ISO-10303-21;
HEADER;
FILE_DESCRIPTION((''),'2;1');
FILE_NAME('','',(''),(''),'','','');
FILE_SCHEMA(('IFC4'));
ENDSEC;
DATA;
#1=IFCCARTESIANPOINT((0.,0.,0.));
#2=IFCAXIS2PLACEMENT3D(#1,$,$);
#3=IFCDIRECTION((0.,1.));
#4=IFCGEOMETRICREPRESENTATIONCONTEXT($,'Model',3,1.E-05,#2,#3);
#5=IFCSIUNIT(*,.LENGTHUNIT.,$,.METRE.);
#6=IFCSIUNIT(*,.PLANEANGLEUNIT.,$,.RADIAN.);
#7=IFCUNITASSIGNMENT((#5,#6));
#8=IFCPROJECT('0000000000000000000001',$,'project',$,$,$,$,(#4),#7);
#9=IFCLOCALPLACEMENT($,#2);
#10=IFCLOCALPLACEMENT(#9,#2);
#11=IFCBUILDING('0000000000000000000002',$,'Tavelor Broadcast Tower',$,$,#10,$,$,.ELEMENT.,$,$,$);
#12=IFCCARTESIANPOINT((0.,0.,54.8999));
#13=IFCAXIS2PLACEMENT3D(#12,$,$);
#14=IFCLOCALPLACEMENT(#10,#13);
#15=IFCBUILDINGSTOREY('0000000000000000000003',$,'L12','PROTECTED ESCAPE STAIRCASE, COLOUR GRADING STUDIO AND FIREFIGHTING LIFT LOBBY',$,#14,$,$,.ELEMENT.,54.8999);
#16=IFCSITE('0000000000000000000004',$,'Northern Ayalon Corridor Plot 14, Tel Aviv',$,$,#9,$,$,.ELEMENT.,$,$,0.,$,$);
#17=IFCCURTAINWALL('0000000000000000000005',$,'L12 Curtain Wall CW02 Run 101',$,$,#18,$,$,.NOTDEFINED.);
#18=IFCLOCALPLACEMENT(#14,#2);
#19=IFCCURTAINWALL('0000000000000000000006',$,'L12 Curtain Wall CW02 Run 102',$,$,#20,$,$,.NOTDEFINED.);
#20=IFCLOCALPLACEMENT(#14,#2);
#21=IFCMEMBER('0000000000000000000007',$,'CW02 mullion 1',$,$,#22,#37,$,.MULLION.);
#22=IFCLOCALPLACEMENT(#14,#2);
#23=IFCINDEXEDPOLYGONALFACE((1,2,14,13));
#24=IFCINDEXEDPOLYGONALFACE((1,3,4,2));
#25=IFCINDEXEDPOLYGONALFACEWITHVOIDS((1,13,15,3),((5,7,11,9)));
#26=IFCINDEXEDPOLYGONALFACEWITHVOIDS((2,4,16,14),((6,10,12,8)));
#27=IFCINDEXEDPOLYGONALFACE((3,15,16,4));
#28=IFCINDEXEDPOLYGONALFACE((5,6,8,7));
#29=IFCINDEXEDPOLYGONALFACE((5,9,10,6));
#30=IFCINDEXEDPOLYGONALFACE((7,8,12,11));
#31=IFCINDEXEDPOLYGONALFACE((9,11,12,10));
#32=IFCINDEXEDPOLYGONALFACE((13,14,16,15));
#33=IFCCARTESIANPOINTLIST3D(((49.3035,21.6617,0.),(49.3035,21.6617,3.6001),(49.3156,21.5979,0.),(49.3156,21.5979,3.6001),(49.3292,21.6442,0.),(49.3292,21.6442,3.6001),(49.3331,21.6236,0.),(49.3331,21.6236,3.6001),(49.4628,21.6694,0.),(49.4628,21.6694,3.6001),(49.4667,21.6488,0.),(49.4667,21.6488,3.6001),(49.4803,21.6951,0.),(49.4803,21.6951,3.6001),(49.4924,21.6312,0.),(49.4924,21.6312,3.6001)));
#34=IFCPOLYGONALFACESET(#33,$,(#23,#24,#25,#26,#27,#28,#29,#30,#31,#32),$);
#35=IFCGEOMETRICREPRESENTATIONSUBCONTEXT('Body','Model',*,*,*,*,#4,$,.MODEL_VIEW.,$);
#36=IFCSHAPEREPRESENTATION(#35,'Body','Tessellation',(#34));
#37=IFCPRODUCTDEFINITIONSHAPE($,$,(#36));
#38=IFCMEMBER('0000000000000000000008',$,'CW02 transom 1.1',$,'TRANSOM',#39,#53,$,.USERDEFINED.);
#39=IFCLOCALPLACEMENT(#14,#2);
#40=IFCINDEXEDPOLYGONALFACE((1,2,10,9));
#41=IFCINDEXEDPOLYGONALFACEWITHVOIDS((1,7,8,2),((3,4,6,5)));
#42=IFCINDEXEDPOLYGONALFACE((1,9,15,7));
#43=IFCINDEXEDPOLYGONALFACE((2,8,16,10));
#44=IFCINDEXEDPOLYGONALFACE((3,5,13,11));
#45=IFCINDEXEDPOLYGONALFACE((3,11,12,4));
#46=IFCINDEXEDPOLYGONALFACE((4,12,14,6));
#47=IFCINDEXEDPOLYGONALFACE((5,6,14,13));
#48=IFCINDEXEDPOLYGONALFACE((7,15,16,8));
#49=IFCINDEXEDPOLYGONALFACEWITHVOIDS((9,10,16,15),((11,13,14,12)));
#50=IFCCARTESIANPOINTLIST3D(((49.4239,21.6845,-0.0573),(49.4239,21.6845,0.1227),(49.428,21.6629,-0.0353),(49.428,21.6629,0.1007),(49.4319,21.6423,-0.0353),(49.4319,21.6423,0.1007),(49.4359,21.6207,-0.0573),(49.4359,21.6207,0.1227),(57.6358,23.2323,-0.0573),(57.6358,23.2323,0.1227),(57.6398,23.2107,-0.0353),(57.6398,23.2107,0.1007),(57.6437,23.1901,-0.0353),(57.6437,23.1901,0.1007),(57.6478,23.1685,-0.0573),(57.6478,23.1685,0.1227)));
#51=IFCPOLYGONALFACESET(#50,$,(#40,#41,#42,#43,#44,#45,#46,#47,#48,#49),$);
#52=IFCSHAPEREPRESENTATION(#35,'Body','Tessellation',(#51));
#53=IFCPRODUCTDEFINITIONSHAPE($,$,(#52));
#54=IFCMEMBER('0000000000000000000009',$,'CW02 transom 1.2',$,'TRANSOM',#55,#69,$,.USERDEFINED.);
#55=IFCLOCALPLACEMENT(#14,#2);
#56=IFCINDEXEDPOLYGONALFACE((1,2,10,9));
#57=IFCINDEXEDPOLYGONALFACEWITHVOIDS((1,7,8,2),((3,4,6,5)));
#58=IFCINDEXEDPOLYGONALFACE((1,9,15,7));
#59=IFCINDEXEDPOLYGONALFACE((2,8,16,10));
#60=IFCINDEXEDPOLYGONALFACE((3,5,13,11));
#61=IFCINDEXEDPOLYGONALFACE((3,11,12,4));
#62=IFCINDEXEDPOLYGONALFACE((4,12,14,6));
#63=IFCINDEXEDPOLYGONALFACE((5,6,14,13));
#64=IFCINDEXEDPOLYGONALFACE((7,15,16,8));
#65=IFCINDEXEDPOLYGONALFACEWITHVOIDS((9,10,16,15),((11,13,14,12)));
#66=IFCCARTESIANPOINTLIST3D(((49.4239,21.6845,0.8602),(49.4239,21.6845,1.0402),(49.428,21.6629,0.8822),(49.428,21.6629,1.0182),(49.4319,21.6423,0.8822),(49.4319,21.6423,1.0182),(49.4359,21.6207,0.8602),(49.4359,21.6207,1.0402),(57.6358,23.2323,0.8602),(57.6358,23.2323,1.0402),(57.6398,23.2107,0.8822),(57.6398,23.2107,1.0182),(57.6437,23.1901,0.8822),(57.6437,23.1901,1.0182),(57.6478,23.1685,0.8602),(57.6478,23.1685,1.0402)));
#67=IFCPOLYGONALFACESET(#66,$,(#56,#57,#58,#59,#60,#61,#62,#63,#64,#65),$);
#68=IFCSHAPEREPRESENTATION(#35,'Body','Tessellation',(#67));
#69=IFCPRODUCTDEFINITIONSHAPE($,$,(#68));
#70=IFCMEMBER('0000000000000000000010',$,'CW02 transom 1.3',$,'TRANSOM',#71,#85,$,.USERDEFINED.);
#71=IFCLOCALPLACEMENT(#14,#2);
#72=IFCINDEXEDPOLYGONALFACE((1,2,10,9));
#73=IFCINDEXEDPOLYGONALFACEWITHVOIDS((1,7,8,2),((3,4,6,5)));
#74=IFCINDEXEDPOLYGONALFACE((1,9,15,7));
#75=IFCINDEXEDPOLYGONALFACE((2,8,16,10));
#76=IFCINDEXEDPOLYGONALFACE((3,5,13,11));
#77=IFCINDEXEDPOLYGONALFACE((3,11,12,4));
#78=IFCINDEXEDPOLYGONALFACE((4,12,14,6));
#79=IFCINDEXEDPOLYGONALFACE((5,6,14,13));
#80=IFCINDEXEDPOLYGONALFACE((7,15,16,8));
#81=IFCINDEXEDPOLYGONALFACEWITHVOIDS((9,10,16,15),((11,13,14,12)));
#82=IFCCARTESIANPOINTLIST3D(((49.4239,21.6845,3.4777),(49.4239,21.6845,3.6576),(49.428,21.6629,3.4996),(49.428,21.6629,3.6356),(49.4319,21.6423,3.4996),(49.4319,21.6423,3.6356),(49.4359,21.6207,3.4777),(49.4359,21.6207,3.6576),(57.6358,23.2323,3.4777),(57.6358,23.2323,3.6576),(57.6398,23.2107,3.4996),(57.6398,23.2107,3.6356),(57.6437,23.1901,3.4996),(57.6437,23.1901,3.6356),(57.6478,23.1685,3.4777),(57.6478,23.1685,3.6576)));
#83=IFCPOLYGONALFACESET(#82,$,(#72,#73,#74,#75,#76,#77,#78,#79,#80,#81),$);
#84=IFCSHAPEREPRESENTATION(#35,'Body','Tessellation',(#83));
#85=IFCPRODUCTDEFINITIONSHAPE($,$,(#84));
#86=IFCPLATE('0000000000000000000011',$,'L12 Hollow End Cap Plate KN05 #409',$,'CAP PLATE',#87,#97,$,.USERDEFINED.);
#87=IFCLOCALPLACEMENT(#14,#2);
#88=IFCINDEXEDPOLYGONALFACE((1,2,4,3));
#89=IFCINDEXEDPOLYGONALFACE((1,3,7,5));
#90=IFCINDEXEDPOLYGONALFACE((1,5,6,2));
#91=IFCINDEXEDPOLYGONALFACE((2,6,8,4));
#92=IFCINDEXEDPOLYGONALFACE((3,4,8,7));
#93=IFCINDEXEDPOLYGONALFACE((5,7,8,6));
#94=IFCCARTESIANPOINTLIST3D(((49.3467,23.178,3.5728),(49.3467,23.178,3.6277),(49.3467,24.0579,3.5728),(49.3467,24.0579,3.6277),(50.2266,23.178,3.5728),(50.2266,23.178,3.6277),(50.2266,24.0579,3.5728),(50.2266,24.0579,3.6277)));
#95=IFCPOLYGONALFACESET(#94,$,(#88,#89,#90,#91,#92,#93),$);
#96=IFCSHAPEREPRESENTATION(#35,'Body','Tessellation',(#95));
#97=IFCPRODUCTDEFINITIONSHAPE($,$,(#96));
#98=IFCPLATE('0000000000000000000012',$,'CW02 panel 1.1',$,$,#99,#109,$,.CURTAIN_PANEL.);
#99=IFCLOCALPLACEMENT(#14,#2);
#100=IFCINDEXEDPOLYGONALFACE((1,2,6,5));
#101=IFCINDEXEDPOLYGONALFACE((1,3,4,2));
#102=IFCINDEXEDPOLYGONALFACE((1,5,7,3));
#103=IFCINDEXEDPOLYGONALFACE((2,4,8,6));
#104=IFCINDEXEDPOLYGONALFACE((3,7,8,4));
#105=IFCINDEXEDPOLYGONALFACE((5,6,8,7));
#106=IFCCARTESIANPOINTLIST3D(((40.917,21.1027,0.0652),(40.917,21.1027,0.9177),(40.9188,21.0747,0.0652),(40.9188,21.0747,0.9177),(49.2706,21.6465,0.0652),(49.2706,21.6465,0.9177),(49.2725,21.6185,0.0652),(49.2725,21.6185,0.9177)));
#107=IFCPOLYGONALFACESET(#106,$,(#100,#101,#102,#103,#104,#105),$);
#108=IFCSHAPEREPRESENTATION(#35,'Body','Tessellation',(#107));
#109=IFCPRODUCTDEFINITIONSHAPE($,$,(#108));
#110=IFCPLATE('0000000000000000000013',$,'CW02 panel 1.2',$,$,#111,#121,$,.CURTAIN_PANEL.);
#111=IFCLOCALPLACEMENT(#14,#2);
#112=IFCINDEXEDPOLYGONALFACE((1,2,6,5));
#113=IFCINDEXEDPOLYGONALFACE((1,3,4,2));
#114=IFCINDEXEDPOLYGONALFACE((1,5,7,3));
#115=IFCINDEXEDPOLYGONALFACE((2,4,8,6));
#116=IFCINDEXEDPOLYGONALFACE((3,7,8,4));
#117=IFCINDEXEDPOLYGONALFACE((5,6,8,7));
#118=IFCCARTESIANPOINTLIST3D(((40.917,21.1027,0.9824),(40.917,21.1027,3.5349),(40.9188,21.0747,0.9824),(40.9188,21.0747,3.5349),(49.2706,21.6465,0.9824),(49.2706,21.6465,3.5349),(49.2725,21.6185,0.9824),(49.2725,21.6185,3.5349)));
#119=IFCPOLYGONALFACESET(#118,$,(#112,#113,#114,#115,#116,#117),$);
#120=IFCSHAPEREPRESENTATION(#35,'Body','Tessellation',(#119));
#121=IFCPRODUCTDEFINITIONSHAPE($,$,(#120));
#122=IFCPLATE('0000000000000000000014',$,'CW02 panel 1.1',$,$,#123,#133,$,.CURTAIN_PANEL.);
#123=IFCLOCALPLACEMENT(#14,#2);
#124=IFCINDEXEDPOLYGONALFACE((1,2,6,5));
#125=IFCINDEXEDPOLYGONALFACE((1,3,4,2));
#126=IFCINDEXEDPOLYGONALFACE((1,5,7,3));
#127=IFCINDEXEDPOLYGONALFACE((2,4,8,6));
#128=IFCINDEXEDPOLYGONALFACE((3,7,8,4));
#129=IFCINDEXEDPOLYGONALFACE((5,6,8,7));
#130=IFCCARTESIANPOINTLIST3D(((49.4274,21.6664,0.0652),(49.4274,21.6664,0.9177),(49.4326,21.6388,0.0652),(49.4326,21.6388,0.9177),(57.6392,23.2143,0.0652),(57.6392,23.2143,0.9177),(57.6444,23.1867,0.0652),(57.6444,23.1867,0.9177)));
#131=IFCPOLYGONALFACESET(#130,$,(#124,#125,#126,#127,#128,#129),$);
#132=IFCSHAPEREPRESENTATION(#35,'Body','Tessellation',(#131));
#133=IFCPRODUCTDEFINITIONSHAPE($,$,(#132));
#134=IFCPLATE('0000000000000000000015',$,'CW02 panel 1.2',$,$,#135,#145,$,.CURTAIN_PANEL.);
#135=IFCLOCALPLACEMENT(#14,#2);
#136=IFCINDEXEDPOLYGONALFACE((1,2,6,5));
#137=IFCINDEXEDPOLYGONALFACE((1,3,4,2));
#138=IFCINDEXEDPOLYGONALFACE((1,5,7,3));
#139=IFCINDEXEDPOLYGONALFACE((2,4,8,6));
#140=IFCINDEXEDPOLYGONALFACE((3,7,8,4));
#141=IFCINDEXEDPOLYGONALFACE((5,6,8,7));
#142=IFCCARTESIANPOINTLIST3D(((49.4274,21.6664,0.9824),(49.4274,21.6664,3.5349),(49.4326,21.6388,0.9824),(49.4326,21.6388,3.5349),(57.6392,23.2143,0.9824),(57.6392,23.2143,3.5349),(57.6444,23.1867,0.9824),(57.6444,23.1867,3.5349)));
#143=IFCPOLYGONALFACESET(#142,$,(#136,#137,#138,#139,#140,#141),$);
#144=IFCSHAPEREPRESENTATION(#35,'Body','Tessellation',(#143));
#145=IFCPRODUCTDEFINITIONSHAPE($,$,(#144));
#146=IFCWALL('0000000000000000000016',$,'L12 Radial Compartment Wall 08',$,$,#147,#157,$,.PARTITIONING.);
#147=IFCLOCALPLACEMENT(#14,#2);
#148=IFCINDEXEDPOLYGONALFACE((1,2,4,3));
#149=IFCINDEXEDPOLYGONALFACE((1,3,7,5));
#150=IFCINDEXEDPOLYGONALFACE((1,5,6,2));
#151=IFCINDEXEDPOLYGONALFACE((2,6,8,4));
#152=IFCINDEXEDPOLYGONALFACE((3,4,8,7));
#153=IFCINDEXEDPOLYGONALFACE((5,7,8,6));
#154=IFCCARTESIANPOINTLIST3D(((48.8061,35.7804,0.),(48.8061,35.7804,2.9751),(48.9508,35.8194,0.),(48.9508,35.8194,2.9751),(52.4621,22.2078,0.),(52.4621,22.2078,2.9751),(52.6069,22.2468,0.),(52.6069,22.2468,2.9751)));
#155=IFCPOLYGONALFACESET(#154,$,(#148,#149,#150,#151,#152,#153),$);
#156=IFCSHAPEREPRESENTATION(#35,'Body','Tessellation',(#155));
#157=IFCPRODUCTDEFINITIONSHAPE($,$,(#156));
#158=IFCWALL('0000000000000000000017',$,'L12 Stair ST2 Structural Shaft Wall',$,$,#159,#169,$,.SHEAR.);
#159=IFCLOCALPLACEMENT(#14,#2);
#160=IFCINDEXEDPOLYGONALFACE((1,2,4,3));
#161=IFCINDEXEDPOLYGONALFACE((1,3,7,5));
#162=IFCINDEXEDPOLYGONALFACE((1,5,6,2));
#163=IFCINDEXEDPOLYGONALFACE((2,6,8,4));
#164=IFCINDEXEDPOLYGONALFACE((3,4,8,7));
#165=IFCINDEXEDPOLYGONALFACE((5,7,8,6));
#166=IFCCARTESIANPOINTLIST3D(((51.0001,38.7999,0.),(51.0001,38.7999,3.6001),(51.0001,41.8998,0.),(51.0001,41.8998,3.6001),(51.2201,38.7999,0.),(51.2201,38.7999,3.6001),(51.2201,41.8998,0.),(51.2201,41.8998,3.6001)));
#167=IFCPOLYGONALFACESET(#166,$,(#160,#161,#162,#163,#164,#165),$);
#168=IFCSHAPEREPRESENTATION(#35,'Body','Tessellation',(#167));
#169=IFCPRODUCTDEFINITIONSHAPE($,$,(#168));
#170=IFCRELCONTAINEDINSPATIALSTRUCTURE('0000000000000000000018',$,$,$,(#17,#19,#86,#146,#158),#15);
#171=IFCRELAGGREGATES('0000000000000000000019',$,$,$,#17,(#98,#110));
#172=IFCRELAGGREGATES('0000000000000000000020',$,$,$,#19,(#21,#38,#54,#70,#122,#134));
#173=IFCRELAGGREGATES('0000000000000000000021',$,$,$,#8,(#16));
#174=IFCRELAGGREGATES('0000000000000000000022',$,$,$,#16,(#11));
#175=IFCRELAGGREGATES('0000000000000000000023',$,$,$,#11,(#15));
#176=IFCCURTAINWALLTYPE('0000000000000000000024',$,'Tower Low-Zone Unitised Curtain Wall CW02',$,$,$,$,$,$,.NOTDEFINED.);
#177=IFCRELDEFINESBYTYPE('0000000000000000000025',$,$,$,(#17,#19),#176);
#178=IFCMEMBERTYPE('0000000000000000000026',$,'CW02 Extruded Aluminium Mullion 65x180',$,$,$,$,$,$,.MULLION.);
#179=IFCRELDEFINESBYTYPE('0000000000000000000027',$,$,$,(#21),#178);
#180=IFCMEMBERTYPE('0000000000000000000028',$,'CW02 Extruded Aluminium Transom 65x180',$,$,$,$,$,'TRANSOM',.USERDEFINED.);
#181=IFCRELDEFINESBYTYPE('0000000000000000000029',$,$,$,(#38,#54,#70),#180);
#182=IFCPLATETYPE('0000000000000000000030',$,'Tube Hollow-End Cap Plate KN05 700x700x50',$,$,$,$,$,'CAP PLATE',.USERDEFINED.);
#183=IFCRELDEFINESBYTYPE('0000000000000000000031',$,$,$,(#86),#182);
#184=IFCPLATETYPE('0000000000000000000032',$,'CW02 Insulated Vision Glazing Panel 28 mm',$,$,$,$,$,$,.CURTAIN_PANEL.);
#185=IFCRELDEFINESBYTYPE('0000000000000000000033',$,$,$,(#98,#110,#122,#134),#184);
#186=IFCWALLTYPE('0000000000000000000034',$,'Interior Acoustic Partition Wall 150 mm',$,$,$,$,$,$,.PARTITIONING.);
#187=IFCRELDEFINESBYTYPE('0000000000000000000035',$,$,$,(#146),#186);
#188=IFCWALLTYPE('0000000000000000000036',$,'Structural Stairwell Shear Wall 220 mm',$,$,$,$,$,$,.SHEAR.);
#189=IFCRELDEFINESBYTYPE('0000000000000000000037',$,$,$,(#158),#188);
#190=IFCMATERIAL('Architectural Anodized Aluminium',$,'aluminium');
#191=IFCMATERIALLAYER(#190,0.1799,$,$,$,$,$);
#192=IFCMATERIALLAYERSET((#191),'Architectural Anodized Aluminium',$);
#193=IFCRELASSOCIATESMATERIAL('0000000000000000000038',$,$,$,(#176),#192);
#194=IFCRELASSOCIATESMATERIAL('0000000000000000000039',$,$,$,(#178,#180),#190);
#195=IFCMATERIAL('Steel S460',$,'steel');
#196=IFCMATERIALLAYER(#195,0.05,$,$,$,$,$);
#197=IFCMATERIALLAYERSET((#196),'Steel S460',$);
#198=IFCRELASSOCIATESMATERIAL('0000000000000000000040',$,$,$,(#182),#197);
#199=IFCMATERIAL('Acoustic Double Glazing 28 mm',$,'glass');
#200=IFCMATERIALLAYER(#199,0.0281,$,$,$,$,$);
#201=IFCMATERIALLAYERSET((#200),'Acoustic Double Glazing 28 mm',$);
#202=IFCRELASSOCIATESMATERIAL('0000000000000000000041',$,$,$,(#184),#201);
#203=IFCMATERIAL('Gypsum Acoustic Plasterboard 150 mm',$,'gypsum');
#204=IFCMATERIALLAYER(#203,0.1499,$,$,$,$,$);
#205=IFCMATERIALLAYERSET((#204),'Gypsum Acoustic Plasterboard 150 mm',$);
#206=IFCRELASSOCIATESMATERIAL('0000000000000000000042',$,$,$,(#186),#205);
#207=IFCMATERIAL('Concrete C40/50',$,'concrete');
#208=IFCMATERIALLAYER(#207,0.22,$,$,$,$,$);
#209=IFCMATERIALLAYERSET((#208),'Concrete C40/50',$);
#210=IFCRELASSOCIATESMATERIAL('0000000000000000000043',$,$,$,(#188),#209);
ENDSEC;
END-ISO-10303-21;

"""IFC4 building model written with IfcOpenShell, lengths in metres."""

from ifc_helpers import new_model, si_unit, direction, frame, frame_2d, origin, origin_2d, place, context, subcontext, project, spatial, rectangle, hollow_rectangle, extrude, source, transform, mapped, material, layer, layer_set, material_profile, profile_set, type_object, type_shapes, element, aggregate, save


model = new_model("IFC4")

# Units and contexts
model_context = context("Model", 3, precision=1e-05, world=origin(), true_north=direction((0.0, 1.0)))
body_context = subcontext(model_context, "Body", "Model", "MODEL_VIEW")
ifc_project = project(units=[si_unit("LENGTHUNIT", "METRE"), si_unit("PLANEANGLEUNIT", "RADIAN")], contexts=[model_context])

# Site, building, storey
site_placement = place(None, origin())
site = spatial("IfcSite", under=ifc_project, at=site_placement, Name="Northern Ayalon Corridor Plot 14, Tel Aviv", CompositionType="ELEMENT", RefElevation=0.0)
building_placement = place(site_placement, origin())
building = spatial("IfcBuilding", under=site, at=building_placement, Name="Tavelor Broadcast Tower", CompositionType="ELEMENT")
storey_placement = place(building_placement, frame((0.0, 0.0, 54.8999)))
storey = spatial("IfcBuildingStorey", under=building, at=storey_placement, Name="L12", Description="PROTECTED ESCAPE STAIRCASE, COLOUR GRADING STUDIO AND FIREFIGHTING LIFT LOBBY", CompositionType="ELEMENT", Elevation=54.8999)

# Shared definitions
ifc_material_1 = material(Name="Steel S460", Category="steel")

# Curtain wall
ifc_material_2 = material(Name="Architectural Anodized Aluminium", Category="aluminium")
ifc_layer_1 = layer(ifc_material_2, 0.1799)
ifc_layer_set_1 = layer_set([ifc_layer_1], Name="Architectural Anodized Aluminium")
curtain_wall_type = type_object("IfcCurtainWallType", Name="Tower Low-Zone Unitised Curtain Wall CW02", PredefinedType="NOTDEFINED", material=ifc_layer_set_1)
curtain_wall_1_placement = place(storey_placement, origin())
curtain_wall_1 = element("IfcCurtainWall", 1, at=curtain_wall_1_placement, inside=storey, type_object=curtain_wall_type, Name="L12 Curtain Wall CW02 Run 101", PredefinedType="NOTDEFINED")
ifc_material_profile_1 = material_profile(ifc_material_2, hollow_rectangle(XDim=0.0649, YDim=0.1799, WallThickness=0.022, at=origin_2d()), Name="RHS 65x180x22")
ifc_profile_set_1 = profile_set([ifc_material_profile_1], Name="Architectural Anodized Aluminium")
member_type_1 = type_object("IfcMemberType", Name="CW02 Extruded Aluminium Mullion 65x180", PredefinedType="MULLION", material=ifc_profile_set_1)
shared_shape_1 = source(origin(), body_context, "Body", "SweptSolid", [
    extrude(hollow_rectangle(XDim=0.0649, YDim=0.1799, WallThickness=0.022, at=origin_2d()), origin(), (0.0, 0.0, 1.0), 3.6001),
])
type_shapes(member_type_1, [shared_shape_1])

# Curtain wall, members
curtain_wall_2_placement = place(storey_placement, origin())
curtain_wall_2 = element("IfcCurtainWall", 2, at=curtain_wall_2_placement, inside=storey, type_object=curtain_wall_type, Name="L12 Curtain Wall CW02 Run 102", PredefinedType="NOTDEFINED")
member_1_placement = place(storey_placement, frame((49.3979, 21.6465, 0.0), z_axis=(0.0, 0.0, 1.0), x_axis=(-0.185236, 0.982694, 0.0)))
member_1 = element("IfcMember", 3, at=member_1_placement, type_object=member_type_1, Name="CW02 mullion 1", PredefinedType="MULLION", context=body_context, shape_type="MappedRepresentation", body=[
    mapped(shared_shape_1, transform((0.0, 0.0, 0.0), scale=1.0)),
])
ifc_material_profile_2 = material_profile(ifc_material_2, hollow_rectangle(XDim=0.0649, YDim=0.1799, WallThickness=0.022, at=origin_2d()), Name="RHS 65x180x22")
ifc_profile_set_2 = profile_set([ifc_material_profile_2], Name="Architectural Anodized Aluminium")
member_type_2 = type_object("IfcMemberType", Name="CW02 Extruded Aluminium Transom 65x180", ElementType="TRANSOM", PredefinedType="USERDEFINED", material=ifc_profile_set_2)
shared_shape_2 = source(origin(), body_context, "Body", "SweptSolid", [
    extrude(hollow_rectangle(XDim=0.0649, YDim=0.1799, WallThickness=0.022, at=origin_2d()), origin(), (0.0, 0.0, 1.0), 8.3564),
])
type_shapes(member_type_2, [shared_shape_2])
member_2_placement = place(storey_placement, frame((49.4299, 21.6526, 0.0327), z_axis=(0.982696, 0.185227, 0.0), x_axis=(-0.185227, 0.982696, 0.0)))
member_2 = element("IfcMember", 4, at=member_2_placement, type_object=member_type_2, Name="CW02 transom 1.1", ObjectType="TRANSOM", PredefinedType="USERDEFINED", context=body_context, shape_type="MappedRepresentation", body=[
    mapped(shared_shape_2, transform((0.0, 0.0, 0.0), scale=1.0)),
])
member_3_placement = place(storey_placement, frame((49.4299, 21.6526, 0.9502), z_axis=(0.982696, 0.185227, 0.0), x_axis=(-0.185227, 0.982696, 0.0)))
member_3 = element("IfcMember", 5, at=member_3_placement, type_object=member_type_2, Name="CW02 transom 1.2", ObjectType="TRANSOM", PredefinedType="USERDEFINED", context=body_context, shape_type="MappedRepresentation", body=[
    mapped(shared_shape_2, transform((0.0, 0.0, 0.0), scale=1.0)),
])
member_4_placement = place(storey_placement, frame((49.4299, 21.6526, 3.5676), z_axis=(0.982696, 0.185227, 0.0), x_axis=(-0.185227, 0.982696, 0.0)))
member_4 = element("IfcMember", 6, at=member_4_placement, type_object=member_type_2, Name="CW02 transom 1.3", ObjectType="TRANSOM", PredefinedType="USERDEFINED", context=body_context, shape_type="MappedRepresentation", body=[
    mapped(shared_shape_2, transform((0.0, 0.0, 0.0), scale=1.0)),
])

# Plates
ifc_layer_2 = layer(ifc_material_1, 0.05)
ifc_layer_set_2 = layer_set([ifc_layer_2], Name="Steel S460")
plate_type_1 = type_object("IfcPlateType", Name="Tube Hollow-End Cap Plate KN05 700x700x50", ElementType="CAP PLATE", PredefinedType="USERDEFINED", material=ifc_layer_set_2)
shared_shape_3 = source(origin(), body_context, "Body", "SweptSolid", [
    extrude(rectangle(XDim=0.8799, YDim=0.8799, at=origin_2d()), origin(), (0.0, 0.0, 1.0), 0.0549),
])
type_shapes(plate_type_1, [shared_shape_3])
plate_1_placement = place(storey_placement, frame((49.7866, 23.6179, 3.5728), z_axis=(0.0, 0.0, 1.0), x_axis=(1.0, 0.0, 0.0)))
element("IfcPlate", 7, at=plate_1_placement, inside=storey, type_object=plate_type_1, Name="L12 Hollow End Cap Plate KN05 #409", ObjectType="CAP PLATE", PredefinedType="USERDEFINED", context=body_context, shape_type="MappedRepresentation", body=[
    mapped(shared_shape_3, transform((0.0, 0.0, 0.0), scale=1.0)),
])
ifc_material_3 = material(Name="Acoustic Double Glazing 28 mm", Category="glass")
ifc_layer_3 = layer(ifc_material_3, 0.0281)
ifc_layer_set_3 = layer_set([ifc_layer_3], Name="Acoustic Double Glazing 28 mm")
plate_type_2 = type_object("IfcPlateType", Name="CW02 Insulated Vision Glazing Panel 28 mm", PredefinedType="CURTAIN_PANEL", material=ifc_layer_set_3)
shared_shape_4 = source(origin(), body_context, "Body", "SweptSolid", [
    extrude(rectangle(XDim=8.3713, YDim=0.0281, at=origin_2d()), origin(), (0.0, 0.0, 1.0), 0.8525),
])
plate_2_placement = place(storey_placement, frame((45.0947, 21.3606, 0.0652), z_axis=(0.0, 0.0, 1.0), x_axis=(0.997888, 0.064965, 0.0)))
plate_2 = element("IfcPlate", 8, at=plate_2_placement, type_object=plate_type_2, Name="CW02 panel 1.1", PredefinedType="CURTAIN_PANEL", context=body_context, shape_type="MappedRepresentation", body=[
    mapped(shared_shape_4, transform((0.0, 0.0, 0.0), scale=1.0)),
])
shared_shape_5 = source(origin(), body_context, "Body", "SweptSolid", [
    extrude(rectangle(XDim=8.3713, YDim=0.0281, at=origin_2d()), origin(), (0.0, 0.0, 1.0), 2.5525),
])
plate_3_placement = place(storey_placement, frame((45.0947, 21.3606, 0.9824), z_axis=(0.0, 0.0, 1.0), x_axis=(0.997888, 0.064965, 0.0)))
plate_3 = element("IfcPlate", 9, at=plate_3_placement, type_object=plate_type_2, Name="CW02 panel 1.2", PredefinedType="CURTAIN_PANEL", context=body_context, shape_type="MappedRepresentation", body=[
    mapped(shared_shape_5, transform((0.0, 0.0, 0.0), scale=1.0)),
])
aggregate(curtain_wall_1, [plate_2, plate_3])
shared_shape_6 = source(origin(), body_context, "Body", "SweptSolid", [
    extrude(rectangle(XDim=8.3564, YDim=0.0281, at=origin_2d()), origin(), (0.0, 0.0, 1.0), 0.8525),
])
plate_4_placement = place(storey_placement, frame((53.5359, 22.4265, 0.0652), z_axis=(0.0, 0.0, 1.0), x_axis=(0.982694, 0.185236, 0.0)))
plate_4 = element("IfcPlate", 10, at=plate_4_placement, type_object=plate_type_2, Name="CW02 panel 1.1", PredefinedType="CURTAIN_PANEL", context=body_context, shape_type="MappedRepresentation", body=[
    mapped(shared_shape_6, transform((0.0, 0.0, 0.0), scale=1.0)),
])
shared_shape_7 = source(origin(), body_context, "Body", "SweptSolid", [
    extrude(rectangle(XDim=8.3564, YDim=0.0281, at=origin_2d()), origin(), (0.0, 0.0, 1.0), 2.5525),
])
type_shapes(plate_type_2, [shared_shape_4, shared_shape_5, shared_shape_6, shared_shape_7])
plate_5_placement = place(storey_placement, frame((53.5359, 22.4265, 0.9824), z_axis=(0.0, 0.0, 1.0), x_axis=(0.982694, 0.185236, 0.0)))
plate_5 = element("IfcPlate", 11, at=plate_5_placement, type_object=plate_type_2, Name="CW02 panel 1.2", PredefinedType="CURTAIN_PANEL", context=body_context, shape_type="MappedRepresentation", body=[
    mapped(shared_shape_7, transform((0.0, 0.0, 0.0), scale=1.0)),
])
aggregate(curtain_wall_2, [member_1, member_2, member_3, member_4, plate_4, plate_5])

# Walls
ifc_material_4 = material(Name="Gypsum Acoustic Plasterboard 150 mm", Category="gypsum")
ifc_layer_4 = layer(ifc_material_4, 0.1499)
ifc_layer_set_4 = layer_set([ifc_layer_4], Name="Gypsum Acoustic Plasterboard 150 mm")
wall_type_1 = type_object("IfcWallType", Name="Interior Acoustic Partition Wall 150 mm", PredefinedType="PARTITIONING", material=ifc_layer_set_4)
wall_1_placement = place(storey_placement, frame((48.8784, 35.8, 0.0), z_axis=(0.0, 0.0, 1.0), x_axis=(0.260097, -0.965582, 0.0)))
element("IfcWall", 12, at=wall_1_placement, inside=storey, type_object=wall_type_1, Name="L12 Radial Compartment Wall 08", PredefinedType="PARTITIONING", context=body_context, shape_type="SweptSolid", body=[
    extrude(rectangle(XDim=14.0564, YDim=0.1499, at=frame_2d((7.0283, 0.0))), origin(), (0.0, 0.0, 1.0), 2.9751),
])
ifc_material_5 = material(Name="Concrete C40/50", Category="concrete")
ifc_layer_5 = layer(ifc_material_5, 0.22)
ifc_layer_set_5 = layer_set([ifc_layer_5], Name="Concrete C40/50")
wall_type_2 = type_object("IfcWallType", Name="Structural Stairwell Shear Wall 220 mm", PredefinedType="SHEAR", material=ifc_layer_set_5)
wall_2_placement = place(storey_placement, frame((51.1101, 38.8, 0.0), z_axis=(0.0, 0.0, 1.0), x_axis=(0.0, 1.0, 0.0)))
element("IfcWall", 13, at=wall_2_placement, inside=storey, type_object=wall_type_2, Name="L12 Stair ST2 Structural Shaft Wall", PredefinedType="SHEAR", context=body_context, shape_type="SweptSolid", body=[
    extrude(rectangle(XDim=3.0999, YDim=0.22, at=frame_2d((1.5498, 0.0))), origin(), (0.0, 0.0, 1.0), 3.6001),
])

save(model, "model.ifc")
